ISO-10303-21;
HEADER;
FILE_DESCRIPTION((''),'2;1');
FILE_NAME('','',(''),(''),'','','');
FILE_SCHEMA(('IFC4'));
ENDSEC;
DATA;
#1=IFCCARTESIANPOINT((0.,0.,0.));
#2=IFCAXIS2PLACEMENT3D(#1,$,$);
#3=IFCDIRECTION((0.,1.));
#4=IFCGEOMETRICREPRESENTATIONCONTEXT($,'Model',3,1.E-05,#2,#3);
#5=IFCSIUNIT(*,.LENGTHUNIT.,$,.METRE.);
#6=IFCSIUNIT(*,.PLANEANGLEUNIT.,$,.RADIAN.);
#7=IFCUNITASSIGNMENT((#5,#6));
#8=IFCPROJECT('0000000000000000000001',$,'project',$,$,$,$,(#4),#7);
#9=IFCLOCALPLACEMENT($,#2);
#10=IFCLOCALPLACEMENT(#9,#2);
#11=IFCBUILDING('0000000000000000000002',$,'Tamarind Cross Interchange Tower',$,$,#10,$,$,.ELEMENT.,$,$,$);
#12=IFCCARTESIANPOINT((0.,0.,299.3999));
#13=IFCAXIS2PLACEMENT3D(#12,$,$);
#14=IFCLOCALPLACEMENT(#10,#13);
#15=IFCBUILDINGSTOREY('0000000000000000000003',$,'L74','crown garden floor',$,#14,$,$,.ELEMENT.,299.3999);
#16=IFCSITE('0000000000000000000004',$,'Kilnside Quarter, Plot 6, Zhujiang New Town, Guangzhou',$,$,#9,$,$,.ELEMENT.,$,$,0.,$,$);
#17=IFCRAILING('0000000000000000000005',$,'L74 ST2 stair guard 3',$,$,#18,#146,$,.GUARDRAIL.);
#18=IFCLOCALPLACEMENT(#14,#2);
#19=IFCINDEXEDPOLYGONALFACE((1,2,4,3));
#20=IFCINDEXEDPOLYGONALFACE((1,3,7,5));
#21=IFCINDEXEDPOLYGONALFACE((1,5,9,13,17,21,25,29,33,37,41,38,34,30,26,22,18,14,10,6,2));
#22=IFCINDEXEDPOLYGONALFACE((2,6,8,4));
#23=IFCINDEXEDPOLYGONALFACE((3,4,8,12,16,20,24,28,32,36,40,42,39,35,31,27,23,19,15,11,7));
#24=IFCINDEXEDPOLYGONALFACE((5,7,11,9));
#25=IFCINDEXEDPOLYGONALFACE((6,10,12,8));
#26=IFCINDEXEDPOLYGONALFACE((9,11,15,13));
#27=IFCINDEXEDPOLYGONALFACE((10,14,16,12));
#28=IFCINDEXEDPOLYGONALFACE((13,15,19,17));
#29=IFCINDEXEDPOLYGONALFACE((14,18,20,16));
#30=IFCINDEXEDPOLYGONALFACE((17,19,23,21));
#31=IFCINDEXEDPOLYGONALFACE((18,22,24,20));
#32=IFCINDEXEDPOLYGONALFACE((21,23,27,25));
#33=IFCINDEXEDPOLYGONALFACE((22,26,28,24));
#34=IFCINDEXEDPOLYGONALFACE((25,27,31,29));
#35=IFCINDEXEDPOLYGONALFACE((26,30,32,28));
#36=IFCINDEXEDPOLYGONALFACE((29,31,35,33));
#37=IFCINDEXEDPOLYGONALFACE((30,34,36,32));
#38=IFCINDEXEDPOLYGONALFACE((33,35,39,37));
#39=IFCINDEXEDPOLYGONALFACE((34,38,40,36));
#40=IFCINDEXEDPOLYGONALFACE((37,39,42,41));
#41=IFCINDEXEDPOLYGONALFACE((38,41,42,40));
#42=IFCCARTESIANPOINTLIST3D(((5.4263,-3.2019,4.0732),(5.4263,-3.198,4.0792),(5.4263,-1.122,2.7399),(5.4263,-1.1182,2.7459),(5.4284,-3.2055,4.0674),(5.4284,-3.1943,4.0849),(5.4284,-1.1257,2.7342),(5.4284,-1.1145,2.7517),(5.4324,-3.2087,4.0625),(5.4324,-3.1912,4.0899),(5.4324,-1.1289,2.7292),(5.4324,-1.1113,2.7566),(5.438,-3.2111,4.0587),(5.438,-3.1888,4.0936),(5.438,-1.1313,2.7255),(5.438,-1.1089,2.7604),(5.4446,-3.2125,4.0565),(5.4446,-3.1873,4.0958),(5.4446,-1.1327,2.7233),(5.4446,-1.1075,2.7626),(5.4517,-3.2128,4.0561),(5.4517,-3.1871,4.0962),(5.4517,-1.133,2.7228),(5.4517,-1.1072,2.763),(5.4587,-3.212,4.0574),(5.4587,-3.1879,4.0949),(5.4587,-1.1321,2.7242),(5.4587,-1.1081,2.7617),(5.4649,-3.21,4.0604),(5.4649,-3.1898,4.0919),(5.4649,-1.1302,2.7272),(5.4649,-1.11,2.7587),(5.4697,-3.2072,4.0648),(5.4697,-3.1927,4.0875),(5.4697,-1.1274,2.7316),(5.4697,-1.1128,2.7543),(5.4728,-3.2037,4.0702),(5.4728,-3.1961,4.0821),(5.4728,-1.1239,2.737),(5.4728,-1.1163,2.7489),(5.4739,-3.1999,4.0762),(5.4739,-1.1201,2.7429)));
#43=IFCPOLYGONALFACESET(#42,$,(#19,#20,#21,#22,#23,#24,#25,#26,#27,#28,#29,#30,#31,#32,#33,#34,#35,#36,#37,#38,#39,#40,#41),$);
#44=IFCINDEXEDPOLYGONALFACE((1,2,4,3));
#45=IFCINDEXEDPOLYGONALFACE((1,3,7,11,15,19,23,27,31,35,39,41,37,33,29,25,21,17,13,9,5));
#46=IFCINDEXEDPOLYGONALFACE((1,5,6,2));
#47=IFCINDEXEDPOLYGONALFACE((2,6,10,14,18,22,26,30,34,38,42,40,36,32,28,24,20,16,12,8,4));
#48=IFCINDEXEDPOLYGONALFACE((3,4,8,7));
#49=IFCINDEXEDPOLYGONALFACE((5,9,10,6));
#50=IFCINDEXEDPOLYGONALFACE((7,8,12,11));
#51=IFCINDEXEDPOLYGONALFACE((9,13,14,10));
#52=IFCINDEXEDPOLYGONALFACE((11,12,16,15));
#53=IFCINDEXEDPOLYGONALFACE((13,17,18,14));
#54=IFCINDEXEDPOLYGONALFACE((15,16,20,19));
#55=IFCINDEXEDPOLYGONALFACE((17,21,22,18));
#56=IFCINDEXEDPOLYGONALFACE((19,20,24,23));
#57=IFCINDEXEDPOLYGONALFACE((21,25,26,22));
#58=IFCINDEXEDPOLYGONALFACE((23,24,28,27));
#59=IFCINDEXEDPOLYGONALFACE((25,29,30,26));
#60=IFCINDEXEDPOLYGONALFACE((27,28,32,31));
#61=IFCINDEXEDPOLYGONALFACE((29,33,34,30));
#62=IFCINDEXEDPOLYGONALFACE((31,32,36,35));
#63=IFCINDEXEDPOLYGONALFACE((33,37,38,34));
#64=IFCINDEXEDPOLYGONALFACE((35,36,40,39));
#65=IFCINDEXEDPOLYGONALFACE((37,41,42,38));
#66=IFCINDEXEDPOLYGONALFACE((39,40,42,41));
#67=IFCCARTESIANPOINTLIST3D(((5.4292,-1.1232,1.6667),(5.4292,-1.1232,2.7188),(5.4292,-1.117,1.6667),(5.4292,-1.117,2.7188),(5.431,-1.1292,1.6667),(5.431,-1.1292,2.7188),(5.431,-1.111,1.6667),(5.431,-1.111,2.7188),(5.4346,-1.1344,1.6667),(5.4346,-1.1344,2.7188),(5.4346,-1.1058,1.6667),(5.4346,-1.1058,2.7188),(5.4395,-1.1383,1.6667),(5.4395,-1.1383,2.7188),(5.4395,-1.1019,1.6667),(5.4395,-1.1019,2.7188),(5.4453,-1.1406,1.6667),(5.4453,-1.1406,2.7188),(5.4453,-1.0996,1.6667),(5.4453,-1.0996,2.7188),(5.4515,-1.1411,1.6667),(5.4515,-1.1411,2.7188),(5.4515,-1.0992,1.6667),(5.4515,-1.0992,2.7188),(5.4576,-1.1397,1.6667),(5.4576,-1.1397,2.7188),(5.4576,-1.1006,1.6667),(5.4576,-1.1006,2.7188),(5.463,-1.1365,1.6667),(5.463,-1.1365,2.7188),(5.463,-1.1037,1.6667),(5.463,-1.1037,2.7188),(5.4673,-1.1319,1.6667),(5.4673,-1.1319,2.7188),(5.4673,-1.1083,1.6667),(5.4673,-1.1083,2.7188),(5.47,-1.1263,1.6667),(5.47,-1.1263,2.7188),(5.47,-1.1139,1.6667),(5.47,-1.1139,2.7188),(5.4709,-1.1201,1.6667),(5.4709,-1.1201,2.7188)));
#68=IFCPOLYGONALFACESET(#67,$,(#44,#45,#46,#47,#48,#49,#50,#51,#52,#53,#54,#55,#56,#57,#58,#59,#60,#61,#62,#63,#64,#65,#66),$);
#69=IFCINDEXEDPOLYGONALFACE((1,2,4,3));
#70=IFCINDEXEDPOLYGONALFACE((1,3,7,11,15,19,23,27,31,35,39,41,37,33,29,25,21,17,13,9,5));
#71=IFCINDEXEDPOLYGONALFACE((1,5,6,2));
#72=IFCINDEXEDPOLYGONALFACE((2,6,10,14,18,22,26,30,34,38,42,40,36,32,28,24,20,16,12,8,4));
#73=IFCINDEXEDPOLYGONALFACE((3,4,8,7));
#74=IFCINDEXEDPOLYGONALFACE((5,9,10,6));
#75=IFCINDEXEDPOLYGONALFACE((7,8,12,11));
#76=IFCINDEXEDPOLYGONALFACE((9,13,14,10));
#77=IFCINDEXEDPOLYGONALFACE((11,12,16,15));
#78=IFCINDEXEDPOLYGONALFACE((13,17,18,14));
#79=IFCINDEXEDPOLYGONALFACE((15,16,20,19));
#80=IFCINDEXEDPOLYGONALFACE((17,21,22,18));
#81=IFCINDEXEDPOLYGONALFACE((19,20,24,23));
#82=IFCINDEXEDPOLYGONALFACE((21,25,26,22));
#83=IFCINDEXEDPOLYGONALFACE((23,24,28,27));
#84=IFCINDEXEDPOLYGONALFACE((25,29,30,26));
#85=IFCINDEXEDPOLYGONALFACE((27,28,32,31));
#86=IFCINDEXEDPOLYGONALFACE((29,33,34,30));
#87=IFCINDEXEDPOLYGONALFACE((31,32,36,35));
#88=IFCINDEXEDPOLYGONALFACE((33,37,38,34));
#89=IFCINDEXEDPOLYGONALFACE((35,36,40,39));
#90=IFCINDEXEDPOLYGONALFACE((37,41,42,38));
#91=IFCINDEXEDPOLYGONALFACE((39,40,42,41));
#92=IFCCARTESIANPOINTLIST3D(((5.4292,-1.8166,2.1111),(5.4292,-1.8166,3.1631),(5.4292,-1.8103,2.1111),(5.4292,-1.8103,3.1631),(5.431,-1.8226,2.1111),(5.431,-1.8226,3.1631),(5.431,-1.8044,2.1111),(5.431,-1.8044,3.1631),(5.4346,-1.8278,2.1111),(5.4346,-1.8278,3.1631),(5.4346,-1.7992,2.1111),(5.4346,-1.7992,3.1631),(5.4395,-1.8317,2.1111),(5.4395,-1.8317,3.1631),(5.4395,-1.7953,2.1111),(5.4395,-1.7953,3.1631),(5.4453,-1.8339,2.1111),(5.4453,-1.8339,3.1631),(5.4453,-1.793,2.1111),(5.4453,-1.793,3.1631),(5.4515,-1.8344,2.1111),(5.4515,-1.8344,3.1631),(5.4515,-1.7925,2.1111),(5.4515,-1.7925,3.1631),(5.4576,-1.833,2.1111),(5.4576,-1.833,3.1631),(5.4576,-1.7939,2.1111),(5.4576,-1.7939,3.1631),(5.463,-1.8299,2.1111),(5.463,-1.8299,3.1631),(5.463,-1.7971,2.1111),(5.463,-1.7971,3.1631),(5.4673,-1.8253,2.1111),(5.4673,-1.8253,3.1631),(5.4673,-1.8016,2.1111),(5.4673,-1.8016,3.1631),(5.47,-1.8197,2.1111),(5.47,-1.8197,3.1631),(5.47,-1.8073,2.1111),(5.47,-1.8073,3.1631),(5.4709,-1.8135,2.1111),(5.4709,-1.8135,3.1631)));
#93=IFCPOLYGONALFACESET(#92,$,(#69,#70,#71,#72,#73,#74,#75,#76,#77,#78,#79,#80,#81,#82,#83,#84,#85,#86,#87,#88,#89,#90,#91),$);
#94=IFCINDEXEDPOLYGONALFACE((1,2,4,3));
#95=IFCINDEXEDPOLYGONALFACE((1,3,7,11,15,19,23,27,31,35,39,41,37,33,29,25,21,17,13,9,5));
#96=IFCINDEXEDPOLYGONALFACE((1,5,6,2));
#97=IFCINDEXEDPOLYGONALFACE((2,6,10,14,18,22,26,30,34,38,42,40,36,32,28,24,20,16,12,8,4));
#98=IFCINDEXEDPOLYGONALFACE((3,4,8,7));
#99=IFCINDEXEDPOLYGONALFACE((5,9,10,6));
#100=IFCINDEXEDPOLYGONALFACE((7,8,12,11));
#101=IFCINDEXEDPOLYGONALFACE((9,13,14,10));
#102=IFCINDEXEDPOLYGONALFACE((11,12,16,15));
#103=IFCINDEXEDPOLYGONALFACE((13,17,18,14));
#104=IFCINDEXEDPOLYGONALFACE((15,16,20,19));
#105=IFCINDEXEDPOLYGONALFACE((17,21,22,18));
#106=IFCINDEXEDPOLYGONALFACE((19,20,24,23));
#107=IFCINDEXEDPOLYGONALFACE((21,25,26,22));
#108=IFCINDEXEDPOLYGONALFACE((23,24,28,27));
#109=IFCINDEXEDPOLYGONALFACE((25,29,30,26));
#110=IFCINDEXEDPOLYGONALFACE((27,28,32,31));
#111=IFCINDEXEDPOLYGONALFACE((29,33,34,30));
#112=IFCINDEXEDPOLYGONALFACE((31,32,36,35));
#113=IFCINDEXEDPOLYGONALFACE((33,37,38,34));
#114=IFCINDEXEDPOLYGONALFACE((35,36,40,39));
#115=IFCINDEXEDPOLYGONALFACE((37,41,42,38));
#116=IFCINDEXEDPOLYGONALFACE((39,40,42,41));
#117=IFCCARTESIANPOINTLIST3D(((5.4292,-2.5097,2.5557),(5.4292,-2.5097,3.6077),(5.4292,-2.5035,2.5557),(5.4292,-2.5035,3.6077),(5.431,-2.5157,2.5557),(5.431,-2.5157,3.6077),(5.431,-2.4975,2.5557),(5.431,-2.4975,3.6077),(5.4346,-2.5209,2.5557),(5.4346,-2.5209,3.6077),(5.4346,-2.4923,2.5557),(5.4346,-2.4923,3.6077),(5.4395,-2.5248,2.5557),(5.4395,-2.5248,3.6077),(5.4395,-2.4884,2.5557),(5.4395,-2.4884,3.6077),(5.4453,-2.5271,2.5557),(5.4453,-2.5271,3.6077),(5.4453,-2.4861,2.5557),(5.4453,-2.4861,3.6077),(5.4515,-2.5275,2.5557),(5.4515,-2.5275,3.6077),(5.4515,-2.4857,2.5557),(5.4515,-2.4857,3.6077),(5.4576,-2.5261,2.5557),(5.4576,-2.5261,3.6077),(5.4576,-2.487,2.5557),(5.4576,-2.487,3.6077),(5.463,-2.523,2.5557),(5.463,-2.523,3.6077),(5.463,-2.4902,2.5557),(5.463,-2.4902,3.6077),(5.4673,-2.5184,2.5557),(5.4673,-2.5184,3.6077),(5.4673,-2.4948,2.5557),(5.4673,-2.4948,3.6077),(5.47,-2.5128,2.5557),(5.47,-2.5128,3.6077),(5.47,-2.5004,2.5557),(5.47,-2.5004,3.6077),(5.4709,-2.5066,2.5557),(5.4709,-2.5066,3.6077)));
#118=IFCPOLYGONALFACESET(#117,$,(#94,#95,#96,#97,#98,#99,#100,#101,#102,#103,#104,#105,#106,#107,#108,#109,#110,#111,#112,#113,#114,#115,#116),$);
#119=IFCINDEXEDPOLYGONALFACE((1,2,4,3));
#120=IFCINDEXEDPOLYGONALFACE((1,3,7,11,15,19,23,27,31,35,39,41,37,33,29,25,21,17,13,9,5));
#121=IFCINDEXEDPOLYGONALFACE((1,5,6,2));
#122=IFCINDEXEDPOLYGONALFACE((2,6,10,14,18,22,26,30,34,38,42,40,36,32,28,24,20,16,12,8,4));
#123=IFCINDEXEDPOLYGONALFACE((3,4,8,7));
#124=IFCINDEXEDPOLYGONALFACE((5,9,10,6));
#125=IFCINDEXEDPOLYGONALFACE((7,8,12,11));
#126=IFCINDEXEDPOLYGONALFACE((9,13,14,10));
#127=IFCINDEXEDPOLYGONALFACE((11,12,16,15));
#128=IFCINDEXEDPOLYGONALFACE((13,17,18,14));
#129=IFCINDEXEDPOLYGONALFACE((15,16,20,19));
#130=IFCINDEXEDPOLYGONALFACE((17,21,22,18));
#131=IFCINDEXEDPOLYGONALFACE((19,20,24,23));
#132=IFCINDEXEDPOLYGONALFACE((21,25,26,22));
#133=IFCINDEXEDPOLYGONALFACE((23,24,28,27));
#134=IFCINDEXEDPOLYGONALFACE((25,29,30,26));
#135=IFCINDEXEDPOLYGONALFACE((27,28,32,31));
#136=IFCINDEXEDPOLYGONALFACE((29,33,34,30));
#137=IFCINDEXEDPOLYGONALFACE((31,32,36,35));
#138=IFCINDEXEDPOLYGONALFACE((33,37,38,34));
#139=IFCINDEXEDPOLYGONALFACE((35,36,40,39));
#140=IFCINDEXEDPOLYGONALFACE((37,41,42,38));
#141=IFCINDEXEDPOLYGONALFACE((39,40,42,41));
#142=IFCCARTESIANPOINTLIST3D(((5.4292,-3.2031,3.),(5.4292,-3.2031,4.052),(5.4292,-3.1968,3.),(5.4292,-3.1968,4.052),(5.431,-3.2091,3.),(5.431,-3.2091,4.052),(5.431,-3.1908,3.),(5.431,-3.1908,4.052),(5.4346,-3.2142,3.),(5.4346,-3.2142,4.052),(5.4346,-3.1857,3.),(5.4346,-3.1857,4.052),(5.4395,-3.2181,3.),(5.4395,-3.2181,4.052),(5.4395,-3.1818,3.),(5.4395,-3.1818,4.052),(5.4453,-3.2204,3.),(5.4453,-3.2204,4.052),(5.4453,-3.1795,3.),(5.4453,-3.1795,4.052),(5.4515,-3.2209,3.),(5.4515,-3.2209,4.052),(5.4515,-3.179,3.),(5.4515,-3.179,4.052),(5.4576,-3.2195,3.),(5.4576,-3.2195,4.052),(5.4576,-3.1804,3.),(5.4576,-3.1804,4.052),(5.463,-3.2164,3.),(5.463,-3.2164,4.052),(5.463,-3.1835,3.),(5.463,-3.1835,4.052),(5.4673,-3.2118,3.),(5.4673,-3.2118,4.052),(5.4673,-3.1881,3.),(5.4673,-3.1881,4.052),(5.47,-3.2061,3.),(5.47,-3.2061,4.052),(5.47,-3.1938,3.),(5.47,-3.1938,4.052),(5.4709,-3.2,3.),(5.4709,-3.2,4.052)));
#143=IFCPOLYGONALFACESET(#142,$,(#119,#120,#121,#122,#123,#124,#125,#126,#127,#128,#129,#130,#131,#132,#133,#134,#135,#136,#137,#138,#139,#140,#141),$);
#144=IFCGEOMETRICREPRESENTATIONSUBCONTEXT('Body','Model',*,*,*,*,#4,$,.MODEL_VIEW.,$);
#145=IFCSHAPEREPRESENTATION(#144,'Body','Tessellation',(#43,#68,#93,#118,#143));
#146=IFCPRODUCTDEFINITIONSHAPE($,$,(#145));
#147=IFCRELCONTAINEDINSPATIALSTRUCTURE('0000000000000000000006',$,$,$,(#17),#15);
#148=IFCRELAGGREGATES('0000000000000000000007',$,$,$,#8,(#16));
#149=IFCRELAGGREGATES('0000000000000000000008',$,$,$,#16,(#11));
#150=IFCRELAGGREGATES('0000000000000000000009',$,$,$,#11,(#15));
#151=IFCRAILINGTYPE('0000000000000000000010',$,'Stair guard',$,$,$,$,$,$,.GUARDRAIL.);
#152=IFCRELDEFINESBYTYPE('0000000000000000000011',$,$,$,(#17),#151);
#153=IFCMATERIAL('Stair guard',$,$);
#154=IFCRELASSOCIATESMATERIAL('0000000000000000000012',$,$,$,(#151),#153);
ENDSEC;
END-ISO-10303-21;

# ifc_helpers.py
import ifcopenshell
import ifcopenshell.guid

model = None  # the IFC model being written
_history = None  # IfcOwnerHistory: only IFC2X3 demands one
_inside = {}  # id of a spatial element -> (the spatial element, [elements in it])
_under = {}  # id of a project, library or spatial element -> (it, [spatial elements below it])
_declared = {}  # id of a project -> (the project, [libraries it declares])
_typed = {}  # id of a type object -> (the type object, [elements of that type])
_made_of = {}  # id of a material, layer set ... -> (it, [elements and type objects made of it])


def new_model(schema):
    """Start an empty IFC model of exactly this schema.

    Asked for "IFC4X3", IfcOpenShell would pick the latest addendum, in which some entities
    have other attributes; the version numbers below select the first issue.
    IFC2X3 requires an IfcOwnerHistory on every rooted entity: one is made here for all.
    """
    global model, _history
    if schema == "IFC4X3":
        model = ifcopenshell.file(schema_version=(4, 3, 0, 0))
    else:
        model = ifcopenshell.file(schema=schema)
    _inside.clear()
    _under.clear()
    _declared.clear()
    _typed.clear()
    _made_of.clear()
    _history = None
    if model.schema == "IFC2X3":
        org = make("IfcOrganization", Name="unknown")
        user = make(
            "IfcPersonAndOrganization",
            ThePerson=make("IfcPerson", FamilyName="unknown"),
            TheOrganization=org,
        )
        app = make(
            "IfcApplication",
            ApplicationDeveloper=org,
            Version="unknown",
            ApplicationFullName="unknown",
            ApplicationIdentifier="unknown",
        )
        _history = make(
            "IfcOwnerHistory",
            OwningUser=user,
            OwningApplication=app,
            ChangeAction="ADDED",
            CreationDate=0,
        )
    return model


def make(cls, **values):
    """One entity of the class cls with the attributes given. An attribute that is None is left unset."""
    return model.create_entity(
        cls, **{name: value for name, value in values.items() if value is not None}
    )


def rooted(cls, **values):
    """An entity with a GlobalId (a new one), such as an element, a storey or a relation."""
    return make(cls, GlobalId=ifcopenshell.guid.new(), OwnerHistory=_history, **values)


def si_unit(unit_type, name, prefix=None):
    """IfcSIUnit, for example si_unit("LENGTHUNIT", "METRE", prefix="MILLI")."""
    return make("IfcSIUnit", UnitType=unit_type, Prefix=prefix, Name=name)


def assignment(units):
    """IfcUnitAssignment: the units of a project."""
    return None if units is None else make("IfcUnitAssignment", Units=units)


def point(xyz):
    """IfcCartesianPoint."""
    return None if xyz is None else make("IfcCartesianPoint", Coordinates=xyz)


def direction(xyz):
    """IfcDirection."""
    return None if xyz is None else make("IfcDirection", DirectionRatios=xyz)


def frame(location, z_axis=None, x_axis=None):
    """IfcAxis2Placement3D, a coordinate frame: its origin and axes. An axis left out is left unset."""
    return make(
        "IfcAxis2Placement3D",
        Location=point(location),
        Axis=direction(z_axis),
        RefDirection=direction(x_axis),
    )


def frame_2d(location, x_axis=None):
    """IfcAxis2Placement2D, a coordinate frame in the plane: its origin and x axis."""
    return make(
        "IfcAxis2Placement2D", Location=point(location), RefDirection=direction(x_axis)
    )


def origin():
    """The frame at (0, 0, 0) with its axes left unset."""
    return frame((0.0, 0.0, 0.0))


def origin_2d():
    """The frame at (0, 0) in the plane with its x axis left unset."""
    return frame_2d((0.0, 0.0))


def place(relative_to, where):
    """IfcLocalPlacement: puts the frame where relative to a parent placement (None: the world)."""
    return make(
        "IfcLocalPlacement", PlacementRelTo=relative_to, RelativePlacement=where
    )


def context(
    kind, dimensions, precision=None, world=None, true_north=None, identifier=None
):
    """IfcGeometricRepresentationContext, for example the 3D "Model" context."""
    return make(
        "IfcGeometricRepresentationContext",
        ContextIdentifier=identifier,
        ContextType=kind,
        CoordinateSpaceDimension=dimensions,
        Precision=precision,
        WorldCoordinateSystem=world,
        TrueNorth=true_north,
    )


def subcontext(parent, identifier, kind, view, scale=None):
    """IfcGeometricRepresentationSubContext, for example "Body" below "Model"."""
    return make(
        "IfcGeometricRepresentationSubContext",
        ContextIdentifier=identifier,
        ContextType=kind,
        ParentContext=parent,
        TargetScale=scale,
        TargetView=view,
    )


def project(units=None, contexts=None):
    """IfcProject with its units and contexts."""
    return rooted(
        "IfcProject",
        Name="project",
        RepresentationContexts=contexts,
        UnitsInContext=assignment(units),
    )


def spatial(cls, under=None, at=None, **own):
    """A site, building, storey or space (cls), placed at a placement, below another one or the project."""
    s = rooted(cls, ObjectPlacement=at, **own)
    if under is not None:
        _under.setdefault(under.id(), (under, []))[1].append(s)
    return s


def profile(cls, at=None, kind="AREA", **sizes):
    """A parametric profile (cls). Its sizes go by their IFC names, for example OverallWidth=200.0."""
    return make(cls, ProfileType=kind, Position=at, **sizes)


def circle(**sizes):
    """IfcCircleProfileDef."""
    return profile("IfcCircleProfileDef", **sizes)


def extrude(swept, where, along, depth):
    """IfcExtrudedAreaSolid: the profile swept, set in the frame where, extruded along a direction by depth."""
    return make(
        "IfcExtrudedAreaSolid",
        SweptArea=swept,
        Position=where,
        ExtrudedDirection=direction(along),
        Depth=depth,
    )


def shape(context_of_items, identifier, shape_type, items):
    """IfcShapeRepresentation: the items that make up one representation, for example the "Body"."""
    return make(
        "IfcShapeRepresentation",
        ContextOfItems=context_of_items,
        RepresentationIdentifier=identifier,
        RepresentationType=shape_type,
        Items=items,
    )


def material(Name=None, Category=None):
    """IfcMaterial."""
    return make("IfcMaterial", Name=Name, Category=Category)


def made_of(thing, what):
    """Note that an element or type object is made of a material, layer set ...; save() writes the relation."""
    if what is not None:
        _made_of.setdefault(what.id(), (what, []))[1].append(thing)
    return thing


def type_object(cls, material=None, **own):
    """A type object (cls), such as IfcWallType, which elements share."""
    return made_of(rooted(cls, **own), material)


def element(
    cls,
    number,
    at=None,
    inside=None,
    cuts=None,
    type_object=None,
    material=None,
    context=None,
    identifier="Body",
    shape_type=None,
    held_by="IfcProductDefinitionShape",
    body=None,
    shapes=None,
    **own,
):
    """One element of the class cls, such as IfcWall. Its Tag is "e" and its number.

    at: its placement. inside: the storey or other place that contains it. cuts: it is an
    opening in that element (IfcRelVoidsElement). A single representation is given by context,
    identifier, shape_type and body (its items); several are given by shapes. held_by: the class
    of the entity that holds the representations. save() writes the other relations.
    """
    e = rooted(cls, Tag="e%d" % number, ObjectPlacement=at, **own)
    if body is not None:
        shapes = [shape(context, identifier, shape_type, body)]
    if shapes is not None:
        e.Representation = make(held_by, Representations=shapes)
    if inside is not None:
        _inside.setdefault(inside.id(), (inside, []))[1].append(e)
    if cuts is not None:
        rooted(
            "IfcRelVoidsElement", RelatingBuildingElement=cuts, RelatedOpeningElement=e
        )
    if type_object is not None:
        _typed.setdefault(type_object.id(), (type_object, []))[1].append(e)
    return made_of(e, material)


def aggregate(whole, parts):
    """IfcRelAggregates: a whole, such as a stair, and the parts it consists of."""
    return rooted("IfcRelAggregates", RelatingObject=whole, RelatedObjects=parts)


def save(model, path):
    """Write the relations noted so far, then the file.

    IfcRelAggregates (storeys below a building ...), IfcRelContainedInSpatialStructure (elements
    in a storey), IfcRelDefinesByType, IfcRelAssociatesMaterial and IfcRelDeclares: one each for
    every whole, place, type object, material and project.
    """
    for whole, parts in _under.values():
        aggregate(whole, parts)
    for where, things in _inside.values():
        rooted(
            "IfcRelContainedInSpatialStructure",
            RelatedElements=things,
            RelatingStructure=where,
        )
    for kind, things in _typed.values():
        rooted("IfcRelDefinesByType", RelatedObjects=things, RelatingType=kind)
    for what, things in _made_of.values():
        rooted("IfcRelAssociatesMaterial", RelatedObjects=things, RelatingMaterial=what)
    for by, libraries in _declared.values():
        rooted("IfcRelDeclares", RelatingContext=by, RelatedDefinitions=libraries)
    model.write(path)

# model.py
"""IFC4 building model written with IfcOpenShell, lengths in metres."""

from ifc_helpers import new_model, si_unit, direction, frame, origin, origin_2d, place, context, subcontext, project, spatial, circle, extrude, material, type_object, element, save


model = new_model("IFC4")

# Units and contexts
model_context = context("Model", 3, precision=1e-05, world=origin(), true_north=direction((0.0, 1.0)))
body_context = subcontext(model_context, "Body", "Model", "MODEL_VIEW")
ifc_project = project(units=[si_unit("LENGTHUNIT", "METRE"), si_unit("PLANEANGLEUNIT", "RADIAN")], contexts=[model_context])

# Site, building, storey
site_placement = place(None, origin())
site = spatial("IfcSite", under=ifc_project, at=site_placement, Name="Kilnside Quarter, Plot 6, Zhujiang New Town, Guangzhou", CompositionType="ELEMENT", RefElevation=0.0)
building_placement = place(site_placement, origin())
building = spatial("IfcBuilding", under=site, at=building_placement, Name="Tamarind Cross Interchange Tower", CompositionType="ELEMENT")
storey_placement = place(building_placement, frame((0.0, 0.0, 299.3999)))
storey = spatial("IfcBuildingStorey", under=building, at=storey_placement, Name="L74", Description="crown garden floor", CompositionType="ELEMENT", Elevation=299.3999)

# Railing
ifc_material_1 = material(Name="Stair guard")
railing_type_1 = type_object("IfcRailingType", Name="Stair guard", PredefinedType="GUARDRAIL", material=ifc_material_1)
railing_1_placement = place(storey_placement, frame((5.45, -1.1201, 1.6667)))
element("IfcRailing", 1, at=railing_1_placement, inside=storey, type_object=railing_type_1, Name="L74 ST2 stair guard 3", PredefinedType="GUARDRAIL", context=body_context, shape_type="SweptSolid", body=[
    extrude(circle(Radius=0.0239, at=origin_2d()), frame((0.0, 0.0, 1.0762), z_axis=(0.0, -0.841875, 0.539673), x_axis=(1.0, 0.0, 0.0)), (0.0, 0.0, 1.0), 2.4705),
    extrude(circle(Radius=0.021, at=origin_2d()), origin(), (0.0, 0.0, 1.0), 1.052),
    extrude(circle(Radius=0.021, at=origin_2d()), frame((0.0, -0.6934, 0.4443)), (0.0, 0.0, 1.0), 1.052),
    extrude(circle(Radius=0.021, at=origin_2d()), frame((0.0, -1.3865, 0.8889)), (0.0, 0.0, 1.0), 1.052),
    extrude(circle(Radius=0.021, at=origin_2d()), frame((0.0, -2.0798, 1.3333)), (0.0, 0.0, 1.0), 1.052),
])

save(model, "model.ifc")
